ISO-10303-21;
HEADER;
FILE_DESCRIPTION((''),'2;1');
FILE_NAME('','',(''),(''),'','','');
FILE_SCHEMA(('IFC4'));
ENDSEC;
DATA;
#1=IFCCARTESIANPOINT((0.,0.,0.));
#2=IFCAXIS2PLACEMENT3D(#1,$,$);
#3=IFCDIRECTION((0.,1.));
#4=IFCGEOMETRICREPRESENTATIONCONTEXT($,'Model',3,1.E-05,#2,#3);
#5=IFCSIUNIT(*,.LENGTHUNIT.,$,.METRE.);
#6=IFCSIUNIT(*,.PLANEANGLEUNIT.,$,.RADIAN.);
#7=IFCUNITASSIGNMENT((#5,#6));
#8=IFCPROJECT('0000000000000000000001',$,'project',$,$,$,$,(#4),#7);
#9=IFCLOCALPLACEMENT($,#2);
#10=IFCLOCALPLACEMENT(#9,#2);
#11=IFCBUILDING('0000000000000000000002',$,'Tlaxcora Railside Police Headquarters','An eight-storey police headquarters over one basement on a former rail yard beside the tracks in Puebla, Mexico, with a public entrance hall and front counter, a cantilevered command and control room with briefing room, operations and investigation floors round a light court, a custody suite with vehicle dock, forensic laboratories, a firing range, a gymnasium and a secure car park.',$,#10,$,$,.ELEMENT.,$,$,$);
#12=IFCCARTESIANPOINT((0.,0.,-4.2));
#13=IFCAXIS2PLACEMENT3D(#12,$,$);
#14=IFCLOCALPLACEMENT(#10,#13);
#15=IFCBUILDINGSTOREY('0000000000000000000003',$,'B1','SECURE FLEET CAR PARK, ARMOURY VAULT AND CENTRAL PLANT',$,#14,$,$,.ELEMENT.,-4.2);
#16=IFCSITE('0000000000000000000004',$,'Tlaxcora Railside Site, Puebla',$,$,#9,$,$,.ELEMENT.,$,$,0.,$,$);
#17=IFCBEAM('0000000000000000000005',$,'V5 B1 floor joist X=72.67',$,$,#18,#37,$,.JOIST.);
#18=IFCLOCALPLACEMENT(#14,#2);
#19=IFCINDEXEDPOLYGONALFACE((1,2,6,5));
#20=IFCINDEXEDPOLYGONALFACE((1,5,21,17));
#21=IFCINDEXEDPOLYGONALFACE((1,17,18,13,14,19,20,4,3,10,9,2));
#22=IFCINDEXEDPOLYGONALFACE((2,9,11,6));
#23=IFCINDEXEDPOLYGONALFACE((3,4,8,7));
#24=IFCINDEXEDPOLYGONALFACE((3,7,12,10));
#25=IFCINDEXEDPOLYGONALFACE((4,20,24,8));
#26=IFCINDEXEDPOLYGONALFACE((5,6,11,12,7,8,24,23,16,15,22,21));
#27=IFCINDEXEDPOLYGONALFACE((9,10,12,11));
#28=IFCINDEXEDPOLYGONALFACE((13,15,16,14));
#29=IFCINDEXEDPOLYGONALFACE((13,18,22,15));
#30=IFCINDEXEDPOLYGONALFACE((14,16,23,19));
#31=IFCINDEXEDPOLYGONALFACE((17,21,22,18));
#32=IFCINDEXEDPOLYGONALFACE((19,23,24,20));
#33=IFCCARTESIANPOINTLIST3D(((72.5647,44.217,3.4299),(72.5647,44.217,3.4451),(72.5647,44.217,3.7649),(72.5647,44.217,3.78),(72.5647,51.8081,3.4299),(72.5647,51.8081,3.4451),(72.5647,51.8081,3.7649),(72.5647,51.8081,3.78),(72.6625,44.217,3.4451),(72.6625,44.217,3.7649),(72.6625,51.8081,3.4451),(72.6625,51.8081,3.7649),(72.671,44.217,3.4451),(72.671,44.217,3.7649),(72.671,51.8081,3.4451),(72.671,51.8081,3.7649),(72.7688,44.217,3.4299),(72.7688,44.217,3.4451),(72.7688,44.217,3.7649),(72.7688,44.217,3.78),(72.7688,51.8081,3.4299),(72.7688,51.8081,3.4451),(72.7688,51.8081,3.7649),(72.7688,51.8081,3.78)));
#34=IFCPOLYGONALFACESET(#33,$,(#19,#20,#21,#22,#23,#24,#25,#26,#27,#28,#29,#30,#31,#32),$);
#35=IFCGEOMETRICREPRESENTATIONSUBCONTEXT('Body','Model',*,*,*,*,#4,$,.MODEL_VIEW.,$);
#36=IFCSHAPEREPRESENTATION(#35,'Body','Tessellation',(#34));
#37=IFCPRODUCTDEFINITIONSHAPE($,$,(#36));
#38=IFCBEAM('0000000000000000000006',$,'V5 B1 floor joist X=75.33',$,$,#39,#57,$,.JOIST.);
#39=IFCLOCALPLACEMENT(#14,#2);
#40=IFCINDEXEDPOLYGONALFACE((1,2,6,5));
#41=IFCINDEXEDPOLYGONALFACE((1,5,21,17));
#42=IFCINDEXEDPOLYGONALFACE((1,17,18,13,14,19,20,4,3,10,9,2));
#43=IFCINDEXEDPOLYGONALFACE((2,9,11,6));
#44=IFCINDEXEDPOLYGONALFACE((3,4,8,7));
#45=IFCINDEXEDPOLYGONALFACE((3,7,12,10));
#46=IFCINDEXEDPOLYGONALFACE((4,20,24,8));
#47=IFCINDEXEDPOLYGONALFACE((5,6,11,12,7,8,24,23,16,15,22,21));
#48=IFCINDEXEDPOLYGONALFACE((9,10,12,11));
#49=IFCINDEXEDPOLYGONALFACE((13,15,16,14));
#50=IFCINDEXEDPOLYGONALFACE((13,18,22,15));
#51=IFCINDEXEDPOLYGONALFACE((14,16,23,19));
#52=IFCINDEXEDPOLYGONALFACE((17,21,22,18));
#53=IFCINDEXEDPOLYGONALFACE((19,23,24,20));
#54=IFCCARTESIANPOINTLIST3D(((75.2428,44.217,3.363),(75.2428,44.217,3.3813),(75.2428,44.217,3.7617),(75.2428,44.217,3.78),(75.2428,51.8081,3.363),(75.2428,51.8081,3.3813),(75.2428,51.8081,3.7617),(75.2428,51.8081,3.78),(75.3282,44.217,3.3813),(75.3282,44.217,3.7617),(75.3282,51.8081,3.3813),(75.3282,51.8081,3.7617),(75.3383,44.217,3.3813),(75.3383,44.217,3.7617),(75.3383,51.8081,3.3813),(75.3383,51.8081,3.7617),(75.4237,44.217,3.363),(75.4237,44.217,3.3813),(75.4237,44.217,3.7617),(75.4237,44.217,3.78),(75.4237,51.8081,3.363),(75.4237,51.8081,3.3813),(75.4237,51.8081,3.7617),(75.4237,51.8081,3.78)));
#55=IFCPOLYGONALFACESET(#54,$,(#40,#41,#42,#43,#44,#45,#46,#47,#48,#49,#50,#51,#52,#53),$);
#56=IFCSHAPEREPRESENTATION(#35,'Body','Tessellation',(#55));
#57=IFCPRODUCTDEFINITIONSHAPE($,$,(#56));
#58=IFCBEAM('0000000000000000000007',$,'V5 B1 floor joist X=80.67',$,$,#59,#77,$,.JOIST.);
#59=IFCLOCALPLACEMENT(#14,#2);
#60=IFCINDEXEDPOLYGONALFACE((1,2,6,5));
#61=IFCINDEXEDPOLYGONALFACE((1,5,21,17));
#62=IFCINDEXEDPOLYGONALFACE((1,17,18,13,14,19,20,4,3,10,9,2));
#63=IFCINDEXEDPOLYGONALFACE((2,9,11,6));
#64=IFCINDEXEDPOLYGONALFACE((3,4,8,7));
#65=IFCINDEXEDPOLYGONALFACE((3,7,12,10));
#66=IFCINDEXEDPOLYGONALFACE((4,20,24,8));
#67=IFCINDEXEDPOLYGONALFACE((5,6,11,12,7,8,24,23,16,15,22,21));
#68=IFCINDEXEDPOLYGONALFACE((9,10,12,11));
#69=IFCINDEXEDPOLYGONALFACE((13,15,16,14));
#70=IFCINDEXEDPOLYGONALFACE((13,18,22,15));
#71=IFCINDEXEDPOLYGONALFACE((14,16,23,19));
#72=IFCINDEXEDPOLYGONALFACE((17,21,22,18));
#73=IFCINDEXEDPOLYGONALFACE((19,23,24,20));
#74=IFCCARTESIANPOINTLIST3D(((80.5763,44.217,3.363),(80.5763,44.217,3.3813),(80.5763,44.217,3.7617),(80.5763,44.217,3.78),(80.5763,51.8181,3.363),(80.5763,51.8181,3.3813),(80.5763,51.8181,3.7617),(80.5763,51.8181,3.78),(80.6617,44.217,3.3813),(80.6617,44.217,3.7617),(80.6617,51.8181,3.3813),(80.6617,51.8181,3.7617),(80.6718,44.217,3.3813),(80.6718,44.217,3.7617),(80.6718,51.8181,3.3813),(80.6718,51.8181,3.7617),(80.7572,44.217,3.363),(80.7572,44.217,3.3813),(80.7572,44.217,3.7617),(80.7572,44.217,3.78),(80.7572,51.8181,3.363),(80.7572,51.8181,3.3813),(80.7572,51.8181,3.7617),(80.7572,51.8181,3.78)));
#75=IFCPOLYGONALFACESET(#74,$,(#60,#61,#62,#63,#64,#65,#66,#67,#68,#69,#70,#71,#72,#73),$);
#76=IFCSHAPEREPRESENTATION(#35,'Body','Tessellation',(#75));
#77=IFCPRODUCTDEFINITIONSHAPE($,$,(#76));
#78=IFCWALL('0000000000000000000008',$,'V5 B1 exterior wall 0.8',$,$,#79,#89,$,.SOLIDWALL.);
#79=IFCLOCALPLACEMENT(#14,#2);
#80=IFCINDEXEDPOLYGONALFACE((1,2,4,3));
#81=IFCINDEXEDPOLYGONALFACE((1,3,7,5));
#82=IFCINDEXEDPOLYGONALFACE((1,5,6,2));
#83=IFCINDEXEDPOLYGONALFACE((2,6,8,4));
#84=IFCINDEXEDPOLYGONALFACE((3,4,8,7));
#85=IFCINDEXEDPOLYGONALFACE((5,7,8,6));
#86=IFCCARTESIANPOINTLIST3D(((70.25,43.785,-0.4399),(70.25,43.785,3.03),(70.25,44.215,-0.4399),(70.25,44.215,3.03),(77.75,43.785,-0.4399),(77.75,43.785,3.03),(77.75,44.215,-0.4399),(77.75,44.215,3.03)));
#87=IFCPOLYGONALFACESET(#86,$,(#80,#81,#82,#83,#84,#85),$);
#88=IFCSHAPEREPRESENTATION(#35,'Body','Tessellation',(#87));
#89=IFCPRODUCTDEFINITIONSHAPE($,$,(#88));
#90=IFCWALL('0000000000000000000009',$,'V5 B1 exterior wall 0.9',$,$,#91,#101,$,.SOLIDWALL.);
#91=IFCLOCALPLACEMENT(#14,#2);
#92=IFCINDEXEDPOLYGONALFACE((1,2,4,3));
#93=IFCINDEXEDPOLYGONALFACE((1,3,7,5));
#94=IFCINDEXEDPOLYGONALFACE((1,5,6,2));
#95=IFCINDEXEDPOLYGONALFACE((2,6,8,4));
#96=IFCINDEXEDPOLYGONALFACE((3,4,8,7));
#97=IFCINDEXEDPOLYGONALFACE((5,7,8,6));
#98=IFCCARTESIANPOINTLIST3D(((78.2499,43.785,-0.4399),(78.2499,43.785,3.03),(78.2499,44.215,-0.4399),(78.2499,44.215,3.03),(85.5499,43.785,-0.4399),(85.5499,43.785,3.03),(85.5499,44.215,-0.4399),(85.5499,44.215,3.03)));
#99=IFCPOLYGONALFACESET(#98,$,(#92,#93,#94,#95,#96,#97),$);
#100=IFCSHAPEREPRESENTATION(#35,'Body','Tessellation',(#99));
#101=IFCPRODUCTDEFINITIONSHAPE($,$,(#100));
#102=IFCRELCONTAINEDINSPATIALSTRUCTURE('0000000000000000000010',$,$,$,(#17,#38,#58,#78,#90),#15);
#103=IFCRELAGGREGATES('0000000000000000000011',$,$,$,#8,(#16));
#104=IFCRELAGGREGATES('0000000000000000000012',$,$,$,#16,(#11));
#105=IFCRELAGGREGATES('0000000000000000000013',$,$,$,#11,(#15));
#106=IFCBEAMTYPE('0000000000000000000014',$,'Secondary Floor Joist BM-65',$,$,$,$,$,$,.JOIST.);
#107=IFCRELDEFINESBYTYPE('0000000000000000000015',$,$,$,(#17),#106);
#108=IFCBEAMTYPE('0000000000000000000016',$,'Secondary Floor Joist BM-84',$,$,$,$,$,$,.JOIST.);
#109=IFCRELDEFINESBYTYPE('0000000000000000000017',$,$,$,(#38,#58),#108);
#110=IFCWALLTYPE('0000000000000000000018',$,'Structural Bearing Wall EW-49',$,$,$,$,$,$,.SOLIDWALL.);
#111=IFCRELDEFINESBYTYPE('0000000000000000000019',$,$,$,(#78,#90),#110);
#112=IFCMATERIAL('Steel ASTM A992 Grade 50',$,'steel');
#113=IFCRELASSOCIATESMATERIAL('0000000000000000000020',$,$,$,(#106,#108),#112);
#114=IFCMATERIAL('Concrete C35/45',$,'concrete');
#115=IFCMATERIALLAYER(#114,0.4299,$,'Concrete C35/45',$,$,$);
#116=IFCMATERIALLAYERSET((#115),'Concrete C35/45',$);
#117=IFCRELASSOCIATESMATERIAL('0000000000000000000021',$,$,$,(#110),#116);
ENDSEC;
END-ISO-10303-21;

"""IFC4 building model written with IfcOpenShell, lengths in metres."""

from ifc_helpers import new_model, si_unit, direction, frame, frame_2d, origin, origin_2d, place, context, subcontext, project, spatial, rectangle, i_section, extrude, material, layer, layer_set, material_profile, profile_set, type_object, element, save


model = new_model("IFC4")

# Units and contexts
model_context = context("Model", 3, precision=1e-05, world=origin(), true_north=direction((0.0, 1.0)))
body_context = subcontext(model_context, "Body", "Model", "MODEL_VIEW")
ifc_project = project(units=[si_unit("LENGTHUNIT", "METRE"), si_unit("PLANEANGLEUNIT", "RADIAN")], contexts=[model_context])

# Site, building, storey
site_placement = place(None, origin())
site = spatial("IfcSite", under=ifc_project, at=site_placement, Name="Tlaxcora Railside Site, Puebla", CompositionType="ELEMENT", RefElevation=0.0)
building_placement = place(site_placement, origin())
building = spatial("IfcBuilding", under=site, at=building_placement, Name="Tlaxcora Railside Police Headquarters", Description="An eight-storey police headquarters over one basement on a former rail yard beside the tracks in Puebla, Mexico, with a public entrance hall and front counter, a cantilevered command and control room with briefing room, operations and investigation floors round a light court, a custody suite with vehicle dock, forensic laboratories, a firing range, a gymnasium and a secure car park.", CompositionType="ELEMENT")
storey_placement = place(building_placement, frame((0.0, 0.0, -4.2)))
storey = spatial("IfcBuildingStorey", under=building, at=storey_placement, Name="B1", Description="SECURE FLEET CAR PARK, ARMOURY VAULT AND CENTRAL PLANT", CompositionType="ELEMENT", Elevation=-4.2)

# Shared definitions
ifc_material_1 = material(Name="Concrete C35/45", Category="concrete")

# Beams
ifc_material_2 = material(Name="Steel ASTM A992 Grade 50", Category="steel")
ifc_material_profile_1 = material_profile(ifc_material_2, i_section(OverallWidth=0.2041, OverallDepth=0.3501, WebThickness=0.0085, FlangeThickness=0.0151, at=origin_2d()), Name="W14X48")
ifc_profile_set_1 = profile_set([ifc_material_profile_1], Name="Steel ASTM A992 Grade 50")
beam_type_1 = type_object("IfcBeamType", Name="Secondary Floor Joist BM-65", PredefinedType="JOIST", material=ifc_profile_set_1)
beam_1_placement = place(storey_placement, frame((72.6667, 44.217, 3.605), z_axis=(0.0, 1.0, 0.0), x_axis=(-1.0, 0.0, 0.0)))
element("IfcBeam", 1, at=beam_1_placement, inside=storey, type_object=beam_type_1, Name="V5 B1 floor joist X=72.67", PredefinedType="JOIST", context=body_context, shape_type="SweptSolid", body=[
    extrude(i_section(OverallWidth=0.2041, OverallDepth=0.3501, WebThickness=0.0085, FlangeThickness=0.0151, at=origin_2d()), origin(), (0.0, 0.0, 1.0), 7.5911),
])
ifc_material_profile_2 = material_profile(ifc_material_2, i_section(OverallWidth=0.1809, OverallDepth=0.417, WebThickness=0.01, FlangeThickness=0.0183, at=origin_2d()), Name="W16X57")
ifc_profile_set_2 = profile_set([ifc_material_profile_2], Name="Steel ASTM A992 Grade 50")
beam_type_2 = type_object("IfcBeamType", Name="Secondary Floor Joist BM-84", PredefinedType="JOIST", material=ifc_profile_set_2)
beam_2_placement = place(storey_placement, frame((75.3333, 44.217, 3.5715), z_axis=(0.0, 1.0, 0.0), x_axis=(-1.0, 0.0, 0.0)))
element("IfcBeam", 2, at=beam_2_placement, inside=storey, type_object=beam_type_2, Name="V5 B1 floor joist X=75.33", PredefinedType="JOIST", context=body_context, shape_type="SweptSolid", body=[
    extrude(i_section(OverallWidth=0.1809, OverallDepth=0.417, WebThickness=0.01, FlangeThickness=0.0183, at=origin_2d()), origin(), (0.0, 0.0, 1.0), 7.5911),
])
beam_3_placement = place(storey_placement, frame((80.6667, 44.217, 3.5715), z_axis=(0.0, 1.0, 0.0), x_axis=(-1.0, 0.0, 0.0)))
element("IfcBeam", 3, at=beam_3_placement, inside=storey, type_object=beam_type_2, Name="V5 B1 floor joist X=80.67", PredefinedType="JOIST", context=body_context, shape_type="SweptSolid", body=[
    extrude(i_section(OverallWidth=0.1809, OverallDepth=0.417, WebThickness=0.01, FlangeThickness=0.0183, at=origin_2d()), origin(), (0.0, 0.0, 1.0), 7.6011),
])

# Walls
ifc_layer_1 = layer(ifc_material_1, 0.4299, Name="Concrete C35/45")
ifc_layer_set_1 = layer_set([ifc_layer_1], Name="Concrete C35/45")
wall_type = type_object("IfcWallType", Name="Structural Bearing Wall EW-49", PredefinedType="SOLIDWALL", material=ifc_layer_set_1)
wall_1_placement = place(storey_placement, frame((70.25, 44.0, -0.4399), z_axis=(0.0, 0.0, 1.0), x_axis=(1.0, 0.0, 0.0)))
element("IfcWall", 4, at=wall_1_placement, inside=storey, type_object=wall_type, Name="V5 B1 exterior wall 0.8", PredefinedType="SOLIDWALL", context=body_context, shape_type="SweptSolid", body=[
    extrude(rectangle(XDim=7.5, YDim=0.4299, at=frame_2d((3.75, 0.0))), origin(), (0.0, 0.0, 1.0), 3.47),
])
wall_2_placement = place(storey_placement, frame((78.25, 44.0, -0.4399), z_axis=(0.0, 0.0, 1.0), x_axis=(1.0, 0.0, 0.0)))
element("IfcWall", 5, at=wall_2_placement, inside=storey, type_object=wall_type, Name="V5 B1 exterior wall 0.9", PredefinedType="SOLIDWALL", context=body_context, shape_type="SweptSolid", body=[
    extrude(rectangle(XDim=7.3, YDim=0.4299, at=frame_2d((3.6499, 0.0))), origin(), (0.0, 0.0, 1.0), 3.47),
])

save(model, "model.ifc")
